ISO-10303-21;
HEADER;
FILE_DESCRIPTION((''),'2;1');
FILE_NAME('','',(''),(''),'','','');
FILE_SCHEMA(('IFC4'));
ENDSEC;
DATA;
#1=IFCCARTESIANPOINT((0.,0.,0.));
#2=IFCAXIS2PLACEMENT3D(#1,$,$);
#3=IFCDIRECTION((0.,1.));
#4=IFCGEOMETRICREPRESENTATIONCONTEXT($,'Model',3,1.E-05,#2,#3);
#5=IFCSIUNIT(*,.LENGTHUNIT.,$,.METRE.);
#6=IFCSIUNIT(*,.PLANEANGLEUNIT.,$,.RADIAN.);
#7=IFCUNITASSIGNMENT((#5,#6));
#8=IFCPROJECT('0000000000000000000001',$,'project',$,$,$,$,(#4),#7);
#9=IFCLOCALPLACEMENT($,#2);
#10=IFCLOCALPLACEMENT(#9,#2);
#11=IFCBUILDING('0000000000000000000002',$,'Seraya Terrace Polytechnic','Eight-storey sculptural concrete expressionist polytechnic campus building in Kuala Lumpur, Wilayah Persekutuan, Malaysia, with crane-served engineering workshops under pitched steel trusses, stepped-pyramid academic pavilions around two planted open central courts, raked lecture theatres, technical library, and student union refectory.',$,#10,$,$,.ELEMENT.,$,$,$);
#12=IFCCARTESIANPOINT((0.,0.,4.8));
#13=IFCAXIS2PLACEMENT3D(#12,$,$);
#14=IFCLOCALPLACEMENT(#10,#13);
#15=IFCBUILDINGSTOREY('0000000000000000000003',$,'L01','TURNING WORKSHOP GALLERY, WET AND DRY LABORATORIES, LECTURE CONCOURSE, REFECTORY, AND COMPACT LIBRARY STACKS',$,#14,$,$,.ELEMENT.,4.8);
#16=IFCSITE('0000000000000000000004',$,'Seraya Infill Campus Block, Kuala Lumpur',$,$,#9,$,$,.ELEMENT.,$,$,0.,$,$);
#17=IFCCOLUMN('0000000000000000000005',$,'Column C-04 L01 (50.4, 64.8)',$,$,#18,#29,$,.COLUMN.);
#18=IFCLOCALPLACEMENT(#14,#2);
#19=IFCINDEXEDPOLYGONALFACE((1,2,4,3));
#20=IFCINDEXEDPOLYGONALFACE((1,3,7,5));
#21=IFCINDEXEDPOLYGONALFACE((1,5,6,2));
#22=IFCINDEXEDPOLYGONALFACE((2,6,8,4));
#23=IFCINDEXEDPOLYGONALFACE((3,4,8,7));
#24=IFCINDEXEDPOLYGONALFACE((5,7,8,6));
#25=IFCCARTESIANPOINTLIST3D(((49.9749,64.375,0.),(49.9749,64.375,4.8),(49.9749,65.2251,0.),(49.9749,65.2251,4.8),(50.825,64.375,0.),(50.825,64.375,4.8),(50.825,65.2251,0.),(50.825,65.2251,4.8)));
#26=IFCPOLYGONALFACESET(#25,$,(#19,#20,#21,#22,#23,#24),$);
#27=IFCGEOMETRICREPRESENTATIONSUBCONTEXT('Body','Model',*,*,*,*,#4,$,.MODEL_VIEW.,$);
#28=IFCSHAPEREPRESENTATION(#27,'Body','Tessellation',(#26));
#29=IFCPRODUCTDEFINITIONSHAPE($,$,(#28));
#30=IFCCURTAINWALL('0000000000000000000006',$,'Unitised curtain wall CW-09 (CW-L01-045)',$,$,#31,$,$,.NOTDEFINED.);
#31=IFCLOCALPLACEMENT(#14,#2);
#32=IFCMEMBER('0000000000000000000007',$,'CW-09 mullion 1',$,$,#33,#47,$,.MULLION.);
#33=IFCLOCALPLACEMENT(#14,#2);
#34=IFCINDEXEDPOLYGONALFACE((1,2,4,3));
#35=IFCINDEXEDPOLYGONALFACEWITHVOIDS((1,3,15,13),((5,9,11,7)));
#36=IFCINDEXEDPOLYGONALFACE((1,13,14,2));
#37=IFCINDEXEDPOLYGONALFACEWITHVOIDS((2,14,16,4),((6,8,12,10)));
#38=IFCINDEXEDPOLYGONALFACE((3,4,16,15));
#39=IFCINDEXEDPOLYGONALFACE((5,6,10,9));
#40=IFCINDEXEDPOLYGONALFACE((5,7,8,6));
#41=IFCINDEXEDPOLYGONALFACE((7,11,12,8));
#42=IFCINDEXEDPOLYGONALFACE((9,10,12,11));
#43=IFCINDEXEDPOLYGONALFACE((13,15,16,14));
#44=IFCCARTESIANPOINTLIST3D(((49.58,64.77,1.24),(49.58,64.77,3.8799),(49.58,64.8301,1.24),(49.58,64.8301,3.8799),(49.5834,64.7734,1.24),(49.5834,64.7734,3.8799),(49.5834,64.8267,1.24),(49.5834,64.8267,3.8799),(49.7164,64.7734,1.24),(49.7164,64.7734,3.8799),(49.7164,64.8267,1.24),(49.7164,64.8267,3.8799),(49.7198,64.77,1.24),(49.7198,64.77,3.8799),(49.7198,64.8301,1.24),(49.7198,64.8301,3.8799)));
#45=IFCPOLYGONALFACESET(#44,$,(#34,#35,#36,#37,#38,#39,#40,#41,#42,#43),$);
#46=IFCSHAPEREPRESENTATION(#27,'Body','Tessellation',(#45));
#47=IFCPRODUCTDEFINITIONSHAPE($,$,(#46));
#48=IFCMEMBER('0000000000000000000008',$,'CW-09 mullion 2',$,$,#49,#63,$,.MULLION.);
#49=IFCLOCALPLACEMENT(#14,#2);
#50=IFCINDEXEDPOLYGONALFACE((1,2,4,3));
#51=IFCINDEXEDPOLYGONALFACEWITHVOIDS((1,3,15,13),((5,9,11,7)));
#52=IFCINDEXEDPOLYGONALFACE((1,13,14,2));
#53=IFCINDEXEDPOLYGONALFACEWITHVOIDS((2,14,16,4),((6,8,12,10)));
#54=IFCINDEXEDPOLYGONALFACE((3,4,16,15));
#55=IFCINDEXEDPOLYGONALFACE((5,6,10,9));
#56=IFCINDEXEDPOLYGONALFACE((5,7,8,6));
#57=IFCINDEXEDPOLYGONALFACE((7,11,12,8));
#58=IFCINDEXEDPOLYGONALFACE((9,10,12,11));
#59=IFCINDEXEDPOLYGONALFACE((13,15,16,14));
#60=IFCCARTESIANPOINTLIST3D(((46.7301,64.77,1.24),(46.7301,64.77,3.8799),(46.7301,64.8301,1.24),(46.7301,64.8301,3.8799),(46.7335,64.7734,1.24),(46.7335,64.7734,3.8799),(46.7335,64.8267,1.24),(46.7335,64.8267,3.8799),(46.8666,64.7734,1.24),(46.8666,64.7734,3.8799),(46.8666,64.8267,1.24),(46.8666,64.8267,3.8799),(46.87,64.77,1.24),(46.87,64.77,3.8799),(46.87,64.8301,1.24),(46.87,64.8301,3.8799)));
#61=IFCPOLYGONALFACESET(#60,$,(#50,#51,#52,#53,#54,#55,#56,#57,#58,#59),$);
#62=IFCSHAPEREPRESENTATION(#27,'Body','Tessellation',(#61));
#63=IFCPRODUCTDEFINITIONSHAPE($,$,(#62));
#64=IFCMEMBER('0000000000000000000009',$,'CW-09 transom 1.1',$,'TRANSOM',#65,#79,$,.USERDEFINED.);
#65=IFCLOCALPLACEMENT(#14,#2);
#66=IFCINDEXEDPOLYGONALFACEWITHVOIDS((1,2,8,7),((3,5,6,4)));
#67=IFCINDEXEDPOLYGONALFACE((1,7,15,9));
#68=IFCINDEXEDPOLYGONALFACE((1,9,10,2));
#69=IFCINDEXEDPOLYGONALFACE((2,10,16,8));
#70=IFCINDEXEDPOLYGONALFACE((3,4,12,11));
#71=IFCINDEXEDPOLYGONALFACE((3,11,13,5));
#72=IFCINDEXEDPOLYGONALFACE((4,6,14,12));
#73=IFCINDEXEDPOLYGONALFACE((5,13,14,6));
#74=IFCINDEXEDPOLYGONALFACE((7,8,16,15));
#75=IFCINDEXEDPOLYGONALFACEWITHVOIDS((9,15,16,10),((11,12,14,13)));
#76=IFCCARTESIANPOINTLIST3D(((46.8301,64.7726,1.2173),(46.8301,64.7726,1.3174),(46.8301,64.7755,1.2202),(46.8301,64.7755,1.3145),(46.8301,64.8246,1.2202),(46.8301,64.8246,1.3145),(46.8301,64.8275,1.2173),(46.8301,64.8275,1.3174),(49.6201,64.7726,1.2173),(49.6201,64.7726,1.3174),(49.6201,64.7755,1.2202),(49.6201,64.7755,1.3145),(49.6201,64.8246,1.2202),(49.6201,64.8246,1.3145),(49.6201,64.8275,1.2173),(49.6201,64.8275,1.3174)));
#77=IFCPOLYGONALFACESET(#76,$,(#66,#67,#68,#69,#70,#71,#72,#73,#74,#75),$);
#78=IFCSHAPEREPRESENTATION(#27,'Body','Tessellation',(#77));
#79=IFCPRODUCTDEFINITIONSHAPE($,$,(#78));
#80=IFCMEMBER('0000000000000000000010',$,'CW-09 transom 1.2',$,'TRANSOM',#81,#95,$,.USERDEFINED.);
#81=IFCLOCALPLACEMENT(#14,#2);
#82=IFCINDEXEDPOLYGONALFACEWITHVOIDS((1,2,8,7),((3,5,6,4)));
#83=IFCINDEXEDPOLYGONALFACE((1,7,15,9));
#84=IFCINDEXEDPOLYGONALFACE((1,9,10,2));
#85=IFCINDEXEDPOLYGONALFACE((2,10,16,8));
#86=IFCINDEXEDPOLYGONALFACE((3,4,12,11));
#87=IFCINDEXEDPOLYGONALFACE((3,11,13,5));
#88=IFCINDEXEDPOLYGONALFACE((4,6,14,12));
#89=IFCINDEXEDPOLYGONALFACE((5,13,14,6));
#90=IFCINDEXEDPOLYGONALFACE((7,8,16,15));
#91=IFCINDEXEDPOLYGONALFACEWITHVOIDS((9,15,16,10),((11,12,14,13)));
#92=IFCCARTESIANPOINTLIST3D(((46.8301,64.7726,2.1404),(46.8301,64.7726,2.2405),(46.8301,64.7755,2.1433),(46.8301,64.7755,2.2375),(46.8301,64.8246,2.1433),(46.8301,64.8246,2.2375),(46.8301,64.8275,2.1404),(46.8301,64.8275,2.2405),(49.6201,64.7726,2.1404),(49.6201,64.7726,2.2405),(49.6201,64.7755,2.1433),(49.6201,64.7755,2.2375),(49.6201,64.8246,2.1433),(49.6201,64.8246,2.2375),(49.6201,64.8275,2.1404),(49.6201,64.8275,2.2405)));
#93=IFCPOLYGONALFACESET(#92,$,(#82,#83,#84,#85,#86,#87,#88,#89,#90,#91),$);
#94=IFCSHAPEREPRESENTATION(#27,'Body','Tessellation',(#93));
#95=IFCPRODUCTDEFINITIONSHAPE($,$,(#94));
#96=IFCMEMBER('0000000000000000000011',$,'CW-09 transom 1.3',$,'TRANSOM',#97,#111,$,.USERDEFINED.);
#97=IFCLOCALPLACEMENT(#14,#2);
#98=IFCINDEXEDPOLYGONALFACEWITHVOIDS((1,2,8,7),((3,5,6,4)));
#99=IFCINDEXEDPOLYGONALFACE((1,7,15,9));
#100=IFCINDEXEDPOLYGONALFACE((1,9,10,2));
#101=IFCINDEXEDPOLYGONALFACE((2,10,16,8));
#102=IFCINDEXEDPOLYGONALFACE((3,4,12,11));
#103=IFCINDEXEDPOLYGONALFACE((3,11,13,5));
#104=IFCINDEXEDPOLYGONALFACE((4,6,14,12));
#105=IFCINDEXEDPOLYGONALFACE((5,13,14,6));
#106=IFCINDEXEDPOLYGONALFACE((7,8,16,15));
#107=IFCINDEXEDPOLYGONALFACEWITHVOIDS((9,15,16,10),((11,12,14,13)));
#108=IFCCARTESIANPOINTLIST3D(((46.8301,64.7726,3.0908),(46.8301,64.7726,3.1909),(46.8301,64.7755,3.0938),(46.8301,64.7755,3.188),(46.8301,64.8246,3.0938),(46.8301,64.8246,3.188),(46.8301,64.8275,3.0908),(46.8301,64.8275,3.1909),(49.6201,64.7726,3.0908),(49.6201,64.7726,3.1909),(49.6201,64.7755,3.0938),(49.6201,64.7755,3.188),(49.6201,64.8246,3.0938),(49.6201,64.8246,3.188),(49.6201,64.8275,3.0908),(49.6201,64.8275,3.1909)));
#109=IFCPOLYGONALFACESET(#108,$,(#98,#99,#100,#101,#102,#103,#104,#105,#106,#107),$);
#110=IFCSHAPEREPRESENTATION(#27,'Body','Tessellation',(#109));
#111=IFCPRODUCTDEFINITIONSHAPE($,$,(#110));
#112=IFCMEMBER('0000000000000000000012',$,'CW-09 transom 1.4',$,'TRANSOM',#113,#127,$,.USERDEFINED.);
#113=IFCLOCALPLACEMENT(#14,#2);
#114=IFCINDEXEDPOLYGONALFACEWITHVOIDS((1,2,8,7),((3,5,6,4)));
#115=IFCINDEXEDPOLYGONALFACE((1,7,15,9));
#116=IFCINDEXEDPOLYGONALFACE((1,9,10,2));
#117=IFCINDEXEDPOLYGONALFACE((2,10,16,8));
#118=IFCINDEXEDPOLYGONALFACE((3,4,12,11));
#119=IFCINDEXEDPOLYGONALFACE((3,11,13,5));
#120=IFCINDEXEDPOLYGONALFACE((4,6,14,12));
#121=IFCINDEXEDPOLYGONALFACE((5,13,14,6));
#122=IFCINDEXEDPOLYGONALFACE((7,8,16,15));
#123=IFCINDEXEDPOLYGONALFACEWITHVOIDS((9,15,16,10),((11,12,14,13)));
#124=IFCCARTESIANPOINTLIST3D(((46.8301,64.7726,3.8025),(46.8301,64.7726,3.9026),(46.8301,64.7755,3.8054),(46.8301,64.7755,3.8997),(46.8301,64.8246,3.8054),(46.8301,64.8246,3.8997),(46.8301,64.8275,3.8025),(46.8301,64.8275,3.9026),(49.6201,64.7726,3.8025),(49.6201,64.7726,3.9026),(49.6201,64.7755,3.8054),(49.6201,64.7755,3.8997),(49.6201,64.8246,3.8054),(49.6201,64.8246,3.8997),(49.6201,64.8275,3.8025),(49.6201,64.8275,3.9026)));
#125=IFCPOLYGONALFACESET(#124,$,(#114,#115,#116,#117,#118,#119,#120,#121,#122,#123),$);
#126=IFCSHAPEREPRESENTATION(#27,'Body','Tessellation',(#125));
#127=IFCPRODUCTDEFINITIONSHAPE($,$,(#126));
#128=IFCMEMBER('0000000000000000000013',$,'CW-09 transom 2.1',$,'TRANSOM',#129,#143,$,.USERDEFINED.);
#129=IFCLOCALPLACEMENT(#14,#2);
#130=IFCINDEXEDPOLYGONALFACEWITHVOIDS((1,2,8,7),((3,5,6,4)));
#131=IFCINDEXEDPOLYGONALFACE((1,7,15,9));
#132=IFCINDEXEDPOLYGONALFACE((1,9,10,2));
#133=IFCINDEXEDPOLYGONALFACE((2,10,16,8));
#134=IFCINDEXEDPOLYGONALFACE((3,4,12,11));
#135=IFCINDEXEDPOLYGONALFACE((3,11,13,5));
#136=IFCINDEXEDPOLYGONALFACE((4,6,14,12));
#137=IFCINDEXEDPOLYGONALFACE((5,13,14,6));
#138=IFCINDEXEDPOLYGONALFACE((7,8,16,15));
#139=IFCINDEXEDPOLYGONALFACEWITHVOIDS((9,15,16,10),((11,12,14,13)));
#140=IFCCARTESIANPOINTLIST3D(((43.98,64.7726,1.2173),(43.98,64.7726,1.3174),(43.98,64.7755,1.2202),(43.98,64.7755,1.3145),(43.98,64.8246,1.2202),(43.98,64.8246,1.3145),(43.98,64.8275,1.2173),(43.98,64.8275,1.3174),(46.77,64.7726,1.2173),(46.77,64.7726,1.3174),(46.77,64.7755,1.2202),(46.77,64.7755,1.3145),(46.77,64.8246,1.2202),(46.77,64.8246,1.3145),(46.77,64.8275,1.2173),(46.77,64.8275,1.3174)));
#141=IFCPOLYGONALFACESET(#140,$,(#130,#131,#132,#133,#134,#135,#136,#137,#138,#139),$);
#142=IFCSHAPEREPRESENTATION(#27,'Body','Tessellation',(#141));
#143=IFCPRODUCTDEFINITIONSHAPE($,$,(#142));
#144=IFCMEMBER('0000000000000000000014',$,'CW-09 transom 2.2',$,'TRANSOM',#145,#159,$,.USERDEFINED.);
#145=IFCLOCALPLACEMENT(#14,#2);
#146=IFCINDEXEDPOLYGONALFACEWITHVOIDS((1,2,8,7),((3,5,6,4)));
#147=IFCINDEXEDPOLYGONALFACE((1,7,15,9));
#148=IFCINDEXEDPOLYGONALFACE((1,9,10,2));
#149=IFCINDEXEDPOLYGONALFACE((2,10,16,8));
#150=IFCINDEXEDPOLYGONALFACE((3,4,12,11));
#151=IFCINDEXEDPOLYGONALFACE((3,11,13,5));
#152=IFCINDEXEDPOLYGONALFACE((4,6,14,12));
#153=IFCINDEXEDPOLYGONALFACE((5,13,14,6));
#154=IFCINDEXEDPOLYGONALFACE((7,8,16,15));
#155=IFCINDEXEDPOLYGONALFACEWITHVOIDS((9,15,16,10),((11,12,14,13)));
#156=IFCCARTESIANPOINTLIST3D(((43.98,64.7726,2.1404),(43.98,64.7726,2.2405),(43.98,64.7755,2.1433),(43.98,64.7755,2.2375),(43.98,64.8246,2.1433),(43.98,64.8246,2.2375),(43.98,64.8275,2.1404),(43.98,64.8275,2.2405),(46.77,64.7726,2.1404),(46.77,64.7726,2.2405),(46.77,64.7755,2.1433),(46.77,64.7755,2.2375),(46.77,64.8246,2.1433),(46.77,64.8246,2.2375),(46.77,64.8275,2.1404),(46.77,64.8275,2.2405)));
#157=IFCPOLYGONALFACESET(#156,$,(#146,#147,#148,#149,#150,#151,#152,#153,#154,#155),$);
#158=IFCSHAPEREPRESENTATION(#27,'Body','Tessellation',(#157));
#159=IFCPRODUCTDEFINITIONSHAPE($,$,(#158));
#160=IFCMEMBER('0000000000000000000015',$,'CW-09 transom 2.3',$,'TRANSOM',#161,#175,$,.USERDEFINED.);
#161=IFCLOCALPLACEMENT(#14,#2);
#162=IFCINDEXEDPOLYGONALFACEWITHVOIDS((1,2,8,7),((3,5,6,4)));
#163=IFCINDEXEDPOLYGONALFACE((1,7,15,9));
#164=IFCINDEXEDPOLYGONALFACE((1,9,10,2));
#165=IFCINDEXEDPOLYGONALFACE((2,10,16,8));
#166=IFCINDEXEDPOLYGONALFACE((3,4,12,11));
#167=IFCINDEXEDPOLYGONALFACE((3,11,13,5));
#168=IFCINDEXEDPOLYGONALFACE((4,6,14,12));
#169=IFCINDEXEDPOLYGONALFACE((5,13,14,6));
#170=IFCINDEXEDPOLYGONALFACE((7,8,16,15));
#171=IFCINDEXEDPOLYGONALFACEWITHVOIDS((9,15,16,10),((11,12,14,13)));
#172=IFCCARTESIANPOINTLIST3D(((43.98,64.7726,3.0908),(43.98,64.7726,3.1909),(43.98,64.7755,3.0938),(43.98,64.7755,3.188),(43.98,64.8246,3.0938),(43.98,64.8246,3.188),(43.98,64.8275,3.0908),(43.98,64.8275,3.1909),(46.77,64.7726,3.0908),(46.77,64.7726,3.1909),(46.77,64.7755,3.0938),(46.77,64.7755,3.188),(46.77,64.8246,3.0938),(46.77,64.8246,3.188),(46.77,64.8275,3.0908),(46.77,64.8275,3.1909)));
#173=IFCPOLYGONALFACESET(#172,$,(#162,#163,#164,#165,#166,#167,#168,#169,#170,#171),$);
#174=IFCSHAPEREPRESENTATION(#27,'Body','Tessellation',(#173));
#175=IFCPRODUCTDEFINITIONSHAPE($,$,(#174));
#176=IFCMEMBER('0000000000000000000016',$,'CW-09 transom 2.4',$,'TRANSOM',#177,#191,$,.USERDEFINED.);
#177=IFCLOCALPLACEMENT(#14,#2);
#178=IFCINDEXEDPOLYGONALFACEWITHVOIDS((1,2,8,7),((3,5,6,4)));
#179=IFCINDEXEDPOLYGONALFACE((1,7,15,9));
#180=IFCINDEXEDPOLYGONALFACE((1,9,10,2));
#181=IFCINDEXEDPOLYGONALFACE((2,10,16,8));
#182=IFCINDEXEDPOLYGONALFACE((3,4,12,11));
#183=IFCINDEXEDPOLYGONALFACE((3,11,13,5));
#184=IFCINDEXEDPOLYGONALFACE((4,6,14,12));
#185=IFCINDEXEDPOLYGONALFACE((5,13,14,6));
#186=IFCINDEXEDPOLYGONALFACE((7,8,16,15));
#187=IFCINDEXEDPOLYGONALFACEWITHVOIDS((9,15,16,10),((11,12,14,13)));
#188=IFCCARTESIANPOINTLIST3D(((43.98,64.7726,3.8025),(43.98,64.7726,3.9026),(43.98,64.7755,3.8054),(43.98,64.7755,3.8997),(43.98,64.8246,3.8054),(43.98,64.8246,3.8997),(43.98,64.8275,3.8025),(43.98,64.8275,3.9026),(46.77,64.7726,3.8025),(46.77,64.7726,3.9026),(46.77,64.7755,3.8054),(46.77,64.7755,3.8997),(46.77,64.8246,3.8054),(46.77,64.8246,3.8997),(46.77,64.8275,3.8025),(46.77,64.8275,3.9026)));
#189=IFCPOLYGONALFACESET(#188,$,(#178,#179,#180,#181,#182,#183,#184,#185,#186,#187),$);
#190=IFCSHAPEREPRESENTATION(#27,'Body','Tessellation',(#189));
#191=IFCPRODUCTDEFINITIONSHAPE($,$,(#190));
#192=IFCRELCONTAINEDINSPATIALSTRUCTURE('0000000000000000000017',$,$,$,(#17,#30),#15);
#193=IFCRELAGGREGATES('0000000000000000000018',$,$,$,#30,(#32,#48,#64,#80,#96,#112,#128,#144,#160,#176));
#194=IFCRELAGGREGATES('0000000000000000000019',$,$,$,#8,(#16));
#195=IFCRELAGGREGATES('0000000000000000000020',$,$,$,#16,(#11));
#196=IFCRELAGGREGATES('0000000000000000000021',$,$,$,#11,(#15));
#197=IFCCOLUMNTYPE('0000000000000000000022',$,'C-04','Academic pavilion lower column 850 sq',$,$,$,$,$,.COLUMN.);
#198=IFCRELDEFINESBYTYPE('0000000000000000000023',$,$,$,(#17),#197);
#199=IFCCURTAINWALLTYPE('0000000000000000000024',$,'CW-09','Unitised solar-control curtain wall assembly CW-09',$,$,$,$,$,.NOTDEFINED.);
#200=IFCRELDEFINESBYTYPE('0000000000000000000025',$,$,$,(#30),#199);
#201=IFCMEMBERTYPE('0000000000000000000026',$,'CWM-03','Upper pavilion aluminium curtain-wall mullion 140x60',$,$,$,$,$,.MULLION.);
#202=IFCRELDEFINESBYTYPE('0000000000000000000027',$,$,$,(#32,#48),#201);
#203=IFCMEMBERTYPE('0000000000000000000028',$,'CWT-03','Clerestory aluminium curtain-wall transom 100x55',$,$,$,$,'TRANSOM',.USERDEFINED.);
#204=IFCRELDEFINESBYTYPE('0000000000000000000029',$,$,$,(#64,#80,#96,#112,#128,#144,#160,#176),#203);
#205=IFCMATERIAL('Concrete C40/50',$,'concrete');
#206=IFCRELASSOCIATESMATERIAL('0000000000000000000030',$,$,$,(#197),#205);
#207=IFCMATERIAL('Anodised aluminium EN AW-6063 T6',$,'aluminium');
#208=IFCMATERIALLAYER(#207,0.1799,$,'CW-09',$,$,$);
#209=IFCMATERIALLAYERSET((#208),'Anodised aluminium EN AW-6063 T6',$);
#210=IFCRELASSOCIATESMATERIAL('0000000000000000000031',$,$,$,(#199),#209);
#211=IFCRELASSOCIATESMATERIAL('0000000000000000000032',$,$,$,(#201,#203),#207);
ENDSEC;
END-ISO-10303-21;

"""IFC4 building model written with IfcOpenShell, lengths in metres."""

from ifc_helpers import new_model, si_unit, direction, frame, origin, origin_2d, place, context, subcontext, project, spatial, rectangle, hollow_rectangle, extrude, material, layer, layer_set, material_profile, profile_set, type_object, element, aggregate, save


model = new_model("IFC4")

# Units and contexts
model_context = context("Model", 3, precision=1e-05, world=origin(), true_north=direction((0.0, 1.0)))
body_context = subcontext(model_context, "Body", "Model", "MODEL_VIEW")
ifc_project = project(units=[si_unit("LENGTHUNIT", "METRE"), si_unit("PLANEANGLEUNIT", "RADIAN")], contexts=[model_context])

# Site, building, storey
site_placement = place(None, origin())
site = spatial("IfcSite", under=ifc_project, at=site_placement, Name="Seraya Infill Campus Block, Kuala Lumpur", CompositionType="ELEMENT", RefElevation=0.0)
building_placement = place(site_placement, origin())
building = spatial("IfcBuilding", under=site, at=building_placement, Name="Seraya Terrace Polytechnic", Description="Eight-storey sculptural concrete expressionist polytechnic campus building in Kuala Lumpur, Wilayah Persekutuan, Malaysia, with crane-served engineering workshops under pitched steel trusses, stepped-pyramid academic pavilions around two planted open central courts, raked lecture theatres, technical library, and student union refectory.", CompositionType="ELEMENT")
storey_placement = place(building_placement, frame((0.0, 0.0, 4.8)))
storey = spatial("IfcBuildingStorey", under=building, at=storey_placement, Name="L01", Description="TURNING WORKSHOP GALLERY, WET AND DRY LABORATORIES, LECTURE CONCOURSE, REFECTORY, AND COMPACT LIBRARY STACKS", CompositionType="ELEMENT", Elevation=4.8)

# Column
ifc_material_1 = material(Name="Concrete C40/50", Category="concrete")
ifc_material_profile_1 = material_profile(ifc_material_1, rectangle(XDim=0.8501, YDim=0.8501, at=origin_2d()), Name="RC 850x850")
ifc_profile_set_1 = profile_set([ifc_material_profile_1], Name="Concrete C40/50")
column_type = type_object("IfcColumnType", Name="C-04", Description="Academic pavilion lower column 850 sq", PredefinedType="COLUMN", material=ifc_profile_set_1)
column_placement = place(storey_placement, frame((50.3999, 64.8, 0.0), z_axis=(0.0, 0.0, 1.0), x_axis=(1.0, 0.0, 0.0)))
element("IfcColumn", 1, at=column_placement, inside=storey, type_object=column_type, Name="Column C-04 L01 (50.4, 64.8)", PredefinedType="COLUMN", context=body_context, shape_type="SweptSolid", body=[
    extrude(rectangle(XDim=0.8501, YDim=0.8501, at=origin_2d()), origin(), (0.0, 0.0, 1.0), 4.8),
])

# Curtain wall, members
ifc_material_2 = material(Name="Anodised aluminium EN AW-6063 T6", Category="aluminium")
ifc_layer_1 = layer(ifc_material_2, 0.1799, Name="CW-09")
ifc_layer_set_1 = layer_set([ifc_layer_1], Name="Anodised aluminium EN AW-6063 T6")
curtain_wall_type = type_object("IfcCurtainWallType", Name="CW-09", Description="Unitised solar-control curtain wall assembly CW-09", PredefinedType="NOTDEFINED", material=ifc_layer_set_1)
curtain_wall_placement = place(storey_placement, origin())
curtain_wall = element("IfcCurtainWall", 2, at=curtain_wall_placement, inside=storey, type_object=curtain_wall_type, Name="Unitised curtain wall CW-09 (CW-L01-045)", PredefinedType="NOTDEFINED")
ifc_material_profile_2 = material_profile(ifc_material_2, hollow_rectangle(XDim=0.0601, YDim=0.1399, WallThickness=0.0034, at=origin_2d()), Name="RHS 140x60x3.5")
ifc_profile_set_2 = profile_set([ifc_material_profile_2], Name="Anodised aluminium EN AW-6063 T6")
member_type_1 = type_object("IfcMemberType", Name="CWM-03", Description="Upper pavilion aluminium curtain-wall mullion 140x60", PredefinedType="MULLION", material=ifc_profile_set_2)
member_1_placement = place(storey_placement, frame((49.6499, 64.8, 1.24), z_axis=(0.0, 0.0, 1.0), x_axis=(0.0, -1.0, 0.0)))
member_1 = element("IfcMember", 3, at=member_1_placement, type_object=member_type_1, Name="CW-09 mullion 1", PredefinedType="MULLION", context=body_context, shape_type="SweptSolid", body=[
    extrude(hollow_rectangle(XDim=0.0601, YDim=0.1399, WallThickness=0.0034, at=origin_2d()), origin(), (0.0, 0.0, 1.0), 2.6399),
])
member_2_placement = place(storey_placement, frame((46.8, 64.8, 1.24), z_axis=(0.0, 0.0, 1.0), x_axis=(0.0, -1.0, 0.0)))
member_2 = element("IfcMember", 4, at=member_2_placement, type_object=member_type_1, Name="CW-09 mullion 2", PredefinedType="MULLION", context=body_context, shape_type="SweptSolid", body=[
    extrude(hollow_rectangle(XDim=0.0601, YDim=0.1399, WallThickness=0.0034, at=origin_2d()), origin(), (0.0, 0.0, 1.0), 2.6399),
])
ifc_material_profile_3 = material_profile(ifc_material_2, hollow_rectangle(XDim=0.0549, YDim=0.1001, WallThickness=0.0029, at=origin_2d()), Name="RHS 100x55x3.0")
ifc_profile_set_3 = profile_set([ifc_material_profile_3], Name="Anodised aluminium EN AW-6063 T6")
member_type_2 = type_object("IfcMemberType", Name="CWT-03", Description="Clerestory aluminium curtain-wall transom 100x55", ElementType="TRANSOM", PredefinedType="USERDEFINED", material=ifc_profile_set_3)
member_3_placement = place(storey_placement, frame((49.6201, 64.8, 1.2673), z_axis=(-1.0, 0.0, 0.0), x_axis=(0.0, -1.0, 0.0)))
member_3 = element("IfcMember", 5, at=member_3_placement, type_object=member_type_2, Name="CW-09 transom 1.1", ObjectType="TRANSOM", PredefinedType="USERDEFINED", context=body_context, shape_type="SweptSolid", body=[
    extrude(hollow_rectangle(XDim=0.0549, YDim=0.1001, WallThickness=0.0029, at=origin_2d()), origin(), (0.0, 0.0, 1.0), 2.79),
])
member_4_placement = place(storey_placement, frame((49.6201, 64.8, 2.1904), z_axis=(-1.0, 0.0, 0.0), x_axis=(0.0, -1.0, 0.0)))
member_4 = element("IfcMember", 6, at=member_4_placement, type_object=member_type_2, Name="CW-09 transom 1.2", ObjectType="TRANSOM", PredefinedType="USERDEFINED", context=body_context, shape_type="SweptSolid", body=[
    extrude(hollow_rectangle(XDim=0.0549, YDim=0.1001, WallThickness=0.0029, at=origin_2d()), origin(), (0.0, 0.0, 1.0), 2.79),
])
member_5_placement = place(storey_placement, frame((49.6201, 64.8, 3.1409), z_axis=(-1.0, 0.0, 0.0), x_axis=(0.0, -1.0, 0.0)))
member_5 = element("IfcMember", 7, at=member_5_placement, type_object=member_type_2, Name="CW-09 transom 1.3", ObjectType="TRANSOM", PredefinedType="USERDEFINED", context=body_context, shape_type="SweptSolid", body=[
    extrude(hollow_rectangle(XDim=0.0549, YDim=0.1001, WallThickness=0.0029, at=origin_2d()), origin(), (0.0, 0.0, 1.0), 2.79),
])
member_6_placement = place(storey_placement, frame((49.6201, 64.8, 3.8525), z_axis=(-1.0, 0.0, 0.0), x_axis=(0.0, -1.0, 0.0)))
member_6 = element("IfcMember", 8, at=member_6_placement, type_object=member_type_2, Name="CW-09 transom 1.4", ObjectType="TRANSOM", PredefinedType="USERDEFINED", context=body_context, shape_type="SweptSolid", body=[
    extrude(hollow_rectangle(XDim=0.0549, YDim=0.1001, WallThickness=0.0029, at=origin_2d()), origin(), (0.0, 0.0, 1.0), 2.79),
])
member_7_placement = place(storey_placement, frame((46.77, 64.8, 1.2673), z_axis=(-1.0, 0.0, 0.0), x_axis=(0.0, -1.0, 0.0)))
member_7 = element("IfcMember", 9, at=member_7_placement, type_object=member_type_2, Name="CW-09 transom 2.1", ObjectType="TRANSOM", PredefinedType="USERDEFINED", context=body_context, shape_type="SweptSolid", body=[
    extrude(hollow_rectangle(XDim=0.0549, YDim=0.1001, WallThickness=0.0029, at=origin_2d()), origin(), (0.0, 0.0, 1.0), 2.79),
])
member_8_placement = place(storey_placement, frame((46.77, 64.8, 2.1904), z_axis=(-1.0, 0.0, 0.0), x_axis=(0.0, -1.0, 0.0)))
member_8 = element("IfcMember", 10, at=member_8_placement, type_object=member_type_2, Name="CW-09 transom 2.2", ObjectType="TRANSOM", PredefinedType="USERDEFINED", context=body_context, shape_type="SweptSolid", body=[
    extrude(hollow_rectangle(XDim=0.0549, YDim=0.1001, WallThickness=0.0029, at=origin_2d()), origin(), (0.0, 0.0, 1.0), 2.79),
])
member_9_placement = place(storey_placement, frame((46.77, 64.8, 3.1409), z_axis=(-1.0, 0.0, 0.0), x_axis=(0.0, -1.0, 0.0)))
member_9 = element("IfcMember", 11, at=member_9_placement, type_object=member_type_2, Name="CW-09 transom 2.3", ObjectType="TRANSOM", PredefinedType="USERDEFINED", context=body_context, shape_type="SweptSolid", body=[
    extrude(hollow_rectangle(XDim=0.0549, YDim=0.1001, WallThickness=0.0029, at=origin_2d()), origin(), (0.0, 0.0, 1.0), 2.79),
])
member_10_placement = place(storey_placement, frame((46.77, 64.8, 3.8525), z_axis=(-1.0, 0.0, 0.0), x_axis=(0.0, -1.0, 0.0)))
member_10 = element("IfcMember", 12, at=member_10_placement, type_object=member_type_2, Name="CW-09 transom 2.4", ObjectType="TRANSOM", PredefinedType="USERDEFINED", context=body_context, shape_type="SweptSolid", body=[
    extrude(hollow_rectangle(XDim=0.0549, YDim=0.1001, WallThickness=0.0029, at=origin_2d()), origin(), (0.0, 0.0, 1.0), 2.79),
])

aggregate(curtain_wall, [member_1, member_2, member_3, member_4, member_5, member_6, member_7, member_8, member_9, member_10])

save(model, "model.ifc")
